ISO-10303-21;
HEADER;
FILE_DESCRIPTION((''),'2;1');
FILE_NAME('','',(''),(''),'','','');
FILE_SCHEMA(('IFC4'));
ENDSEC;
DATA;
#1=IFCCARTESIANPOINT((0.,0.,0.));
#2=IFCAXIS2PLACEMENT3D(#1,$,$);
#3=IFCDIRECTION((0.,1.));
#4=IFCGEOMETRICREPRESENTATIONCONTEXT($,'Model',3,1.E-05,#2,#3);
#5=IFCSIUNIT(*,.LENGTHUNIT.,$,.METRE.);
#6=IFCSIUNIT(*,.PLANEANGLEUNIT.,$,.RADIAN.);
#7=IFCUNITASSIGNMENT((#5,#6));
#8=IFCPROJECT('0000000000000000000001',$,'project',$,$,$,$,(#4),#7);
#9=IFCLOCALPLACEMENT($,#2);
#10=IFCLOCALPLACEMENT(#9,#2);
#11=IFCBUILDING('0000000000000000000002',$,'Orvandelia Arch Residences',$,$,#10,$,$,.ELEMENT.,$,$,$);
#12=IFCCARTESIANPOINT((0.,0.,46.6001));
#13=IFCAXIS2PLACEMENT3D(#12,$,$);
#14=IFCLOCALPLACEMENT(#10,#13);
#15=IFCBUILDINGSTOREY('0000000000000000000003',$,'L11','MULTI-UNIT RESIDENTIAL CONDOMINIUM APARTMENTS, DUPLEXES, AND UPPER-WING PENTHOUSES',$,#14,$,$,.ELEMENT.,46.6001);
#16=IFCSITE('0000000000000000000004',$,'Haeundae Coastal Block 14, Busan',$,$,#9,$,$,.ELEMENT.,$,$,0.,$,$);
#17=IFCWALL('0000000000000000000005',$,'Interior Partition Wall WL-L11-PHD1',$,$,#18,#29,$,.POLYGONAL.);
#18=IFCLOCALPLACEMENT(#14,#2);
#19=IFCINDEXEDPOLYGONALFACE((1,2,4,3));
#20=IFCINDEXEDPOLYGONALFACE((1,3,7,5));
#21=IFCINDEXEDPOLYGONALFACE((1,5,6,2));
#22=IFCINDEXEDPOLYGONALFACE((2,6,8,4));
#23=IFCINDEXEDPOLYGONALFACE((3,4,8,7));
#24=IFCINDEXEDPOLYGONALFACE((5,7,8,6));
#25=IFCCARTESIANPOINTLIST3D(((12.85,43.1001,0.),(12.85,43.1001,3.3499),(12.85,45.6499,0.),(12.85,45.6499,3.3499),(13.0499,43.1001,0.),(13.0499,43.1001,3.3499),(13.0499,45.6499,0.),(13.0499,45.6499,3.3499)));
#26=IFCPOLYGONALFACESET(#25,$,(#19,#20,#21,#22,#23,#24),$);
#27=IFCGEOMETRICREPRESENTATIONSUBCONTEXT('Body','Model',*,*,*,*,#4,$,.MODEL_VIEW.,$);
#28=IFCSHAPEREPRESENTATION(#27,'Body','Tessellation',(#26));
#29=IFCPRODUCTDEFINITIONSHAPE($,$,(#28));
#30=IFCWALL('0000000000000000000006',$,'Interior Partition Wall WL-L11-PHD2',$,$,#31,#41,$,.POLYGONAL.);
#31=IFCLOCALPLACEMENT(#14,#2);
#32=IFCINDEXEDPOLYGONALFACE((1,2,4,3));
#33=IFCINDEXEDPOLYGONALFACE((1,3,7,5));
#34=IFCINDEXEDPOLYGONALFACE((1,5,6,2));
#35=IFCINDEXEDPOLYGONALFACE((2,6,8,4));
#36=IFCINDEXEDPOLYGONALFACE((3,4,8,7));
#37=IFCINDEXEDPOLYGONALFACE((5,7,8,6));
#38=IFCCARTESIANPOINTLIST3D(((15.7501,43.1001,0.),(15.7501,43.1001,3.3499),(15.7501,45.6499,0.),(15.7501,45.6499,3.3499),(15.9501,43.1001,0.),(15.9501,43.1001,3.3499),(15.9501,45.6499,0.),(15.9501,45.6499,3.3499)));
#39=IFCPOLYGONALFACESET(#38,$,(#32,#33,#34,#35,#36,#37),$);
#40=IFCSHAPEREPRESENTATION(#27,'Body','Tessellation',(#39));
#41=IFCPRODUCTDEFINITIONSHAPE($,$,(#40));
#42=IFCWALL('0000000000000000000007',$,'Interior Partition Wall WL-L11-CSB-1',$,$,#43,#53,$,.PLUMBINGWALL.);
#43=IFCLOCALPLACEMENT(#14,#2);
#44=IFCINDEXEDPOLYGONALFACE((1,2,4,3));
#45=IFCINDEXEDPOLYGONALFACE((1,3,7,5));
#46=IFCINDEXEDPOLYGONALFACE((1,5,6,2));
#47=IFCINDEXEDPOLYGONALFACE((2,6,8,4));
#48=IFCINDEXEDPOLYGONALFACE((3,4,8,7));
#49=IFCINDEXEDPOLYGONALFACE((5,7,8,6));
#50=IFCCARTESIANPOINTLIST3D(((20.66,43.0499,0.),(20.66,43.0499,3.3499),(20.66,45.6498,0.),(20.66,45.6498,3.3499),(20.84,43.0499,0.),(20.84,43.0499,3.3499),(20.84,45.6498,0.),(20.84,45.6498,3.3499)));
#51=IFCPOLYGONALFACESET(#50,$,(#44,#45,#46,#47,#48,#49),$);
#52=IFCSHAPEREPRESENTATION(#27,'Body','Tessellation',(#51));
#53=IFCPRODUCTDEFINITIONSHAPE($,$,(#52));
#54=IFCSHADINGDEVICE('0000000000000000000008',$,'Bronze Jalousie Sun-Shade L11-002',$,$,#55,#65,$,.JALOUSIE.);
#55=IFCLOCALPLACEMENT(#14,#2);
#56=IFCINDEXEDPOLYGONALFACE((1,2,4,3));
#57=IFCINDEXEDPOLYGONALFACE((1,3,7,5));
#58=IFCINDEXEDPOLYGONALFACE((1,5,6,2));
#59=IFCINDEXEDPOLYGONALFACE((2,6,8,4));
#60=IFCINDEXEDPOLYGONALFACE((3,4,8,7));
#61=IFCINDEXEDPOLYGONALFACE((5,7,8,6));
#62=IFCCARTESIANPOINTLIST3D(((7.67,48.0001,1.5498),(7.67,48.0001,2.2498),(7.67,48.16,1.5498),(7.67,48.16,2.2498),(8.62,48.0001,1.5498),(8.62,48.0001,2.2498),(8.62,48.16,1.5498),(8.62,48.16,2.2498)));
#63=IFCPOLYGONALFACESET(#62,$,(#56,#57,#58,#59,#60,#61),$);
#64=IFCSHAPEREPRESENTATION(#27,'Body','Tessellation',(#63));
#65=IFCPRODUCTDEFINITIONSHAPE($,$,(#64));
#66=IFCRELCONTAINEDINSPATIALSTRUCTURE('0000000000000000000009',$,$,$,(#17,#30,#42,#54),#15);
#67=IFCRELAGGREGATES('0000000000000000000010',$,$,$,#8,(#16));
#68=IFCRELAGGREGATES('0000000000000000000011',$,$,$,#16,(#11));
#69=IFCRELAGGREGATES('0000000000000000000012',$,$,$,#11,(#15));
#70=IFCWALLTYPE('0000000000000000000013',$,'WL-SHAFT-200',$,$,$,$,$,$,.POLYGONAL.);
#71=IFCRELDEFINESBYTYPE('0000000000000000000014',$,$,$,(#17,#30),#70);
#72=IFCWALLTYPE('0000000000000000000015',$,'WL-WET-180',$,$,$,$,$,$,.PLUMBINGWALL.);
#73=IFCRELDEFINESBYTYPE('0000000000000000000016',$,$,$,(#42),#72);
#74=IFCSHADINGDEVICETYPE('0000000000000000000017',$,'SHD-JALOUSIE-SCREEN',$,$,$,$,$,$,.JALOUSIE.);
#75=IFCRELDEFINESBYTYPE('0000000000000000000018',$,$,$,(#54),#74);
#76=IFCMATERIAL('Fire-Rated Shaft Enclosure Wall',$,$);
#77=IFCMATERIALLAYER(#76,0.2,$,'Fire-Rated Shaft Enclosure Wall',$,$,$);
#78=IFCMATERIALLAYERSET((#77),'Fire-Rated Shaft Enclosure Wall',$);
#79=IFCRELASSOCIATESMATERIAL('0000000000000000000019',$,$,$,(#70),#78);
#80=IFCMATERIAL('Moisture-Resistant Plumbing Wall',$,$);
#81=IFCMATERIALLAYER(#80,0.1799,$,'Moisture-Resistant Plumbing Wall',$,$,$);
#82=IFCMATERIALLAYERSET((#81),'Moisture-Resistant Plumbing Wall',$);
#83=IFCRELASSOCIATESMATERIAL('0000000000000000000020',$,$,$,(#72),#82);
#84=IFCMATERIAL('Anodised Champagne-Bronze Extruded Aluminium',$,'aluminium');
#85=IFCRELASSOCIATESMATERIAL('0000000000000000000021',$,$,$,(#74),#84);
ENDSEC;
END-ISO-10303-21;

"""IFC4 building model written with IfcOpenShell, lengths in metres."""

from ifc_helpers import new_model, si_unit, direction, frame, frame_2d, origin, origin_2d, place, context, subcontext, project, spatial, rectangle, extrude, material, layer, layer_set, type_object, element, save


model = new_model("IFC4")

# Units and contexts
model_context = context("Model", 3, precision=1e-05, world=origin(), true_north=direction((0.0, 1.0)))
body_context = subcontext(model_context, "Body", "Model", "MODEL_VIEW")
ifc_project = project(units=[si_unit("LENGTHUNIT", "METRE"), si_unit("PLANEANGLEUNIT", "RADIAN")], contexts=[model_context])

# Site, building, storey
site_placement = place(None, origin())
site = spatial("IfcSite", under=ifc_project, at=site_placement, Name="Haeundae Coastal Block 14, Busan", CompositionType="ELEMENT", RefElevation=0.0)
building_placement = place(site_placement, origin())
building = spatial("IfcBuilding", under=site, at=building_placement, Name="Orvandelia Arch Residences", CompositionType="ELEMENT")
storey_placement = place(building_placement, frame((0.0, 0.0, 46.6001)))
storey = spatial("IfcBuildingStorey", under=building, at=storey_placement, Name="L11", Description="MULTI-UNIT RESIDENTIAL CONDOMINIUM APARTMENTS, DUPLEXES, AND UPPER-WING PENTHOUSES", CompositionType="ELEMENT", Elevation=46.6001)

# Shared definitions
ifc_material_1 = material(Name="Fire-Rated Shaft Enclosure Wall")
ifc_layer_1 = layer(ifc_material_1, 0.2, Name="Fire-Rated Shaft Enclosure Wall")
ifc_layer_set_1 = layer_set([ifc_layer_1], Name="Fire-Rated Shaft Enclosure Wall")
wall_type_1 = type_object("IfcWallType", Name="WL-SHAFT-200", PredefinedType="POLYGONAL", material=ifc_layer_set_1)

# Walls
for number, where, z_axis, x_axis, name in (
    (1, (12.95, 43.1001, 0.0), (0.0, 0.0, 1.0), (0.0, 1.0, 0.0), "Interior Partition Wall WL-L11-PHD1"),
    (2, (15.8501, 43.1001, 0.0), (0.0, 0.0, 1.0), (0.0, 1.0, 0.0), "Interior Partition Wall WL-L11-PHD2"),
):
    element("IfcWall", number, at=place(storey_placement, frame(where, z_axis=z_axis, x_axis=x_axis)), inside=storey, type_object=wall_type_1, Name=name, PredefinedType="POLYGONAL", context=body_context, shape_type="SweptSolid", body=[
        extrude(rectangle(XDim=2.5498, YDim=0.2, at=frame_2d((1.2749, 0.0))), origin(), (0.0, 0.0, 1.0), 3.3499),
    ])
ifc_material_2 = material(Name="Moisture-Resistant Plumbing Wall")
ifc_layer_2 = layer(ifc_material_2, 0.1799, Name="Moisture-Resistant Plumbing Wall")
ifc_layer_set_2 = layer_set([ifc_layer_2], Name="Moisture-Resistant Plumbing Wall")
wall_type_2 = type_object("IfcWallType", Name="WL-WET-180", PredefinedType="PLUMBINGWALL", material=ifc_layer_set_2)
wall_1_placement = place(storey_placement, frame((20.75, 43.05, 0.0), z_axis=(0.0, 0.0, 1.0), x_axis=(0.0, 1.0, 0.0)))
element("IfcWall", 3, at=wall_1_placement, inside=storey, type_object=wall_type_2, Name="Interior Partition Wall WL-L11-CSB-1", PredefinedType="PLUMBINGWALL", context=body_context, shape_type="SweptSolid", body=[
    extrude(rectangle(XDim=2.5999, YDim=0.1799, at=frame_2d((1.2998, 0.0))), origin(), (0.0, 0.0, 1.0), 3.3499),
])

# Shading device
ifc_material_3 = material(Name="Anodised Champagne-Bronze Extruded Aluminium", Category="aluminium")
shading_device_type = type_object("IfcShadingDeviceType", Name="SHD-JALOUSIE-SCREEN", PredefinedType="JALOUSIE", material=ifc_material_3)
shading_device_placement = place(storey_placement, frame((8.145, 48.0801, 1.5498), z_axis=(0.0, 0.0, 1.0), x_axis=(1.0, 0.0, 0.0)))
element("IfcShadingDevice", 4, at=shading_device_placement, inside=storey, type_object=shading_device_type, Name="Bronze Jalousie Sun-Shade L11-002", PredefinedType="JALOUSIE", context=body_context, shape_type="SweptSolid", body=[
    extrude(rectangle(XDim=0.95, YDim=0.1599, at=origin_2d()), origin(), (0.0, 0.0, 1.0), 0.7),
])

save(model, "model.ifc")
